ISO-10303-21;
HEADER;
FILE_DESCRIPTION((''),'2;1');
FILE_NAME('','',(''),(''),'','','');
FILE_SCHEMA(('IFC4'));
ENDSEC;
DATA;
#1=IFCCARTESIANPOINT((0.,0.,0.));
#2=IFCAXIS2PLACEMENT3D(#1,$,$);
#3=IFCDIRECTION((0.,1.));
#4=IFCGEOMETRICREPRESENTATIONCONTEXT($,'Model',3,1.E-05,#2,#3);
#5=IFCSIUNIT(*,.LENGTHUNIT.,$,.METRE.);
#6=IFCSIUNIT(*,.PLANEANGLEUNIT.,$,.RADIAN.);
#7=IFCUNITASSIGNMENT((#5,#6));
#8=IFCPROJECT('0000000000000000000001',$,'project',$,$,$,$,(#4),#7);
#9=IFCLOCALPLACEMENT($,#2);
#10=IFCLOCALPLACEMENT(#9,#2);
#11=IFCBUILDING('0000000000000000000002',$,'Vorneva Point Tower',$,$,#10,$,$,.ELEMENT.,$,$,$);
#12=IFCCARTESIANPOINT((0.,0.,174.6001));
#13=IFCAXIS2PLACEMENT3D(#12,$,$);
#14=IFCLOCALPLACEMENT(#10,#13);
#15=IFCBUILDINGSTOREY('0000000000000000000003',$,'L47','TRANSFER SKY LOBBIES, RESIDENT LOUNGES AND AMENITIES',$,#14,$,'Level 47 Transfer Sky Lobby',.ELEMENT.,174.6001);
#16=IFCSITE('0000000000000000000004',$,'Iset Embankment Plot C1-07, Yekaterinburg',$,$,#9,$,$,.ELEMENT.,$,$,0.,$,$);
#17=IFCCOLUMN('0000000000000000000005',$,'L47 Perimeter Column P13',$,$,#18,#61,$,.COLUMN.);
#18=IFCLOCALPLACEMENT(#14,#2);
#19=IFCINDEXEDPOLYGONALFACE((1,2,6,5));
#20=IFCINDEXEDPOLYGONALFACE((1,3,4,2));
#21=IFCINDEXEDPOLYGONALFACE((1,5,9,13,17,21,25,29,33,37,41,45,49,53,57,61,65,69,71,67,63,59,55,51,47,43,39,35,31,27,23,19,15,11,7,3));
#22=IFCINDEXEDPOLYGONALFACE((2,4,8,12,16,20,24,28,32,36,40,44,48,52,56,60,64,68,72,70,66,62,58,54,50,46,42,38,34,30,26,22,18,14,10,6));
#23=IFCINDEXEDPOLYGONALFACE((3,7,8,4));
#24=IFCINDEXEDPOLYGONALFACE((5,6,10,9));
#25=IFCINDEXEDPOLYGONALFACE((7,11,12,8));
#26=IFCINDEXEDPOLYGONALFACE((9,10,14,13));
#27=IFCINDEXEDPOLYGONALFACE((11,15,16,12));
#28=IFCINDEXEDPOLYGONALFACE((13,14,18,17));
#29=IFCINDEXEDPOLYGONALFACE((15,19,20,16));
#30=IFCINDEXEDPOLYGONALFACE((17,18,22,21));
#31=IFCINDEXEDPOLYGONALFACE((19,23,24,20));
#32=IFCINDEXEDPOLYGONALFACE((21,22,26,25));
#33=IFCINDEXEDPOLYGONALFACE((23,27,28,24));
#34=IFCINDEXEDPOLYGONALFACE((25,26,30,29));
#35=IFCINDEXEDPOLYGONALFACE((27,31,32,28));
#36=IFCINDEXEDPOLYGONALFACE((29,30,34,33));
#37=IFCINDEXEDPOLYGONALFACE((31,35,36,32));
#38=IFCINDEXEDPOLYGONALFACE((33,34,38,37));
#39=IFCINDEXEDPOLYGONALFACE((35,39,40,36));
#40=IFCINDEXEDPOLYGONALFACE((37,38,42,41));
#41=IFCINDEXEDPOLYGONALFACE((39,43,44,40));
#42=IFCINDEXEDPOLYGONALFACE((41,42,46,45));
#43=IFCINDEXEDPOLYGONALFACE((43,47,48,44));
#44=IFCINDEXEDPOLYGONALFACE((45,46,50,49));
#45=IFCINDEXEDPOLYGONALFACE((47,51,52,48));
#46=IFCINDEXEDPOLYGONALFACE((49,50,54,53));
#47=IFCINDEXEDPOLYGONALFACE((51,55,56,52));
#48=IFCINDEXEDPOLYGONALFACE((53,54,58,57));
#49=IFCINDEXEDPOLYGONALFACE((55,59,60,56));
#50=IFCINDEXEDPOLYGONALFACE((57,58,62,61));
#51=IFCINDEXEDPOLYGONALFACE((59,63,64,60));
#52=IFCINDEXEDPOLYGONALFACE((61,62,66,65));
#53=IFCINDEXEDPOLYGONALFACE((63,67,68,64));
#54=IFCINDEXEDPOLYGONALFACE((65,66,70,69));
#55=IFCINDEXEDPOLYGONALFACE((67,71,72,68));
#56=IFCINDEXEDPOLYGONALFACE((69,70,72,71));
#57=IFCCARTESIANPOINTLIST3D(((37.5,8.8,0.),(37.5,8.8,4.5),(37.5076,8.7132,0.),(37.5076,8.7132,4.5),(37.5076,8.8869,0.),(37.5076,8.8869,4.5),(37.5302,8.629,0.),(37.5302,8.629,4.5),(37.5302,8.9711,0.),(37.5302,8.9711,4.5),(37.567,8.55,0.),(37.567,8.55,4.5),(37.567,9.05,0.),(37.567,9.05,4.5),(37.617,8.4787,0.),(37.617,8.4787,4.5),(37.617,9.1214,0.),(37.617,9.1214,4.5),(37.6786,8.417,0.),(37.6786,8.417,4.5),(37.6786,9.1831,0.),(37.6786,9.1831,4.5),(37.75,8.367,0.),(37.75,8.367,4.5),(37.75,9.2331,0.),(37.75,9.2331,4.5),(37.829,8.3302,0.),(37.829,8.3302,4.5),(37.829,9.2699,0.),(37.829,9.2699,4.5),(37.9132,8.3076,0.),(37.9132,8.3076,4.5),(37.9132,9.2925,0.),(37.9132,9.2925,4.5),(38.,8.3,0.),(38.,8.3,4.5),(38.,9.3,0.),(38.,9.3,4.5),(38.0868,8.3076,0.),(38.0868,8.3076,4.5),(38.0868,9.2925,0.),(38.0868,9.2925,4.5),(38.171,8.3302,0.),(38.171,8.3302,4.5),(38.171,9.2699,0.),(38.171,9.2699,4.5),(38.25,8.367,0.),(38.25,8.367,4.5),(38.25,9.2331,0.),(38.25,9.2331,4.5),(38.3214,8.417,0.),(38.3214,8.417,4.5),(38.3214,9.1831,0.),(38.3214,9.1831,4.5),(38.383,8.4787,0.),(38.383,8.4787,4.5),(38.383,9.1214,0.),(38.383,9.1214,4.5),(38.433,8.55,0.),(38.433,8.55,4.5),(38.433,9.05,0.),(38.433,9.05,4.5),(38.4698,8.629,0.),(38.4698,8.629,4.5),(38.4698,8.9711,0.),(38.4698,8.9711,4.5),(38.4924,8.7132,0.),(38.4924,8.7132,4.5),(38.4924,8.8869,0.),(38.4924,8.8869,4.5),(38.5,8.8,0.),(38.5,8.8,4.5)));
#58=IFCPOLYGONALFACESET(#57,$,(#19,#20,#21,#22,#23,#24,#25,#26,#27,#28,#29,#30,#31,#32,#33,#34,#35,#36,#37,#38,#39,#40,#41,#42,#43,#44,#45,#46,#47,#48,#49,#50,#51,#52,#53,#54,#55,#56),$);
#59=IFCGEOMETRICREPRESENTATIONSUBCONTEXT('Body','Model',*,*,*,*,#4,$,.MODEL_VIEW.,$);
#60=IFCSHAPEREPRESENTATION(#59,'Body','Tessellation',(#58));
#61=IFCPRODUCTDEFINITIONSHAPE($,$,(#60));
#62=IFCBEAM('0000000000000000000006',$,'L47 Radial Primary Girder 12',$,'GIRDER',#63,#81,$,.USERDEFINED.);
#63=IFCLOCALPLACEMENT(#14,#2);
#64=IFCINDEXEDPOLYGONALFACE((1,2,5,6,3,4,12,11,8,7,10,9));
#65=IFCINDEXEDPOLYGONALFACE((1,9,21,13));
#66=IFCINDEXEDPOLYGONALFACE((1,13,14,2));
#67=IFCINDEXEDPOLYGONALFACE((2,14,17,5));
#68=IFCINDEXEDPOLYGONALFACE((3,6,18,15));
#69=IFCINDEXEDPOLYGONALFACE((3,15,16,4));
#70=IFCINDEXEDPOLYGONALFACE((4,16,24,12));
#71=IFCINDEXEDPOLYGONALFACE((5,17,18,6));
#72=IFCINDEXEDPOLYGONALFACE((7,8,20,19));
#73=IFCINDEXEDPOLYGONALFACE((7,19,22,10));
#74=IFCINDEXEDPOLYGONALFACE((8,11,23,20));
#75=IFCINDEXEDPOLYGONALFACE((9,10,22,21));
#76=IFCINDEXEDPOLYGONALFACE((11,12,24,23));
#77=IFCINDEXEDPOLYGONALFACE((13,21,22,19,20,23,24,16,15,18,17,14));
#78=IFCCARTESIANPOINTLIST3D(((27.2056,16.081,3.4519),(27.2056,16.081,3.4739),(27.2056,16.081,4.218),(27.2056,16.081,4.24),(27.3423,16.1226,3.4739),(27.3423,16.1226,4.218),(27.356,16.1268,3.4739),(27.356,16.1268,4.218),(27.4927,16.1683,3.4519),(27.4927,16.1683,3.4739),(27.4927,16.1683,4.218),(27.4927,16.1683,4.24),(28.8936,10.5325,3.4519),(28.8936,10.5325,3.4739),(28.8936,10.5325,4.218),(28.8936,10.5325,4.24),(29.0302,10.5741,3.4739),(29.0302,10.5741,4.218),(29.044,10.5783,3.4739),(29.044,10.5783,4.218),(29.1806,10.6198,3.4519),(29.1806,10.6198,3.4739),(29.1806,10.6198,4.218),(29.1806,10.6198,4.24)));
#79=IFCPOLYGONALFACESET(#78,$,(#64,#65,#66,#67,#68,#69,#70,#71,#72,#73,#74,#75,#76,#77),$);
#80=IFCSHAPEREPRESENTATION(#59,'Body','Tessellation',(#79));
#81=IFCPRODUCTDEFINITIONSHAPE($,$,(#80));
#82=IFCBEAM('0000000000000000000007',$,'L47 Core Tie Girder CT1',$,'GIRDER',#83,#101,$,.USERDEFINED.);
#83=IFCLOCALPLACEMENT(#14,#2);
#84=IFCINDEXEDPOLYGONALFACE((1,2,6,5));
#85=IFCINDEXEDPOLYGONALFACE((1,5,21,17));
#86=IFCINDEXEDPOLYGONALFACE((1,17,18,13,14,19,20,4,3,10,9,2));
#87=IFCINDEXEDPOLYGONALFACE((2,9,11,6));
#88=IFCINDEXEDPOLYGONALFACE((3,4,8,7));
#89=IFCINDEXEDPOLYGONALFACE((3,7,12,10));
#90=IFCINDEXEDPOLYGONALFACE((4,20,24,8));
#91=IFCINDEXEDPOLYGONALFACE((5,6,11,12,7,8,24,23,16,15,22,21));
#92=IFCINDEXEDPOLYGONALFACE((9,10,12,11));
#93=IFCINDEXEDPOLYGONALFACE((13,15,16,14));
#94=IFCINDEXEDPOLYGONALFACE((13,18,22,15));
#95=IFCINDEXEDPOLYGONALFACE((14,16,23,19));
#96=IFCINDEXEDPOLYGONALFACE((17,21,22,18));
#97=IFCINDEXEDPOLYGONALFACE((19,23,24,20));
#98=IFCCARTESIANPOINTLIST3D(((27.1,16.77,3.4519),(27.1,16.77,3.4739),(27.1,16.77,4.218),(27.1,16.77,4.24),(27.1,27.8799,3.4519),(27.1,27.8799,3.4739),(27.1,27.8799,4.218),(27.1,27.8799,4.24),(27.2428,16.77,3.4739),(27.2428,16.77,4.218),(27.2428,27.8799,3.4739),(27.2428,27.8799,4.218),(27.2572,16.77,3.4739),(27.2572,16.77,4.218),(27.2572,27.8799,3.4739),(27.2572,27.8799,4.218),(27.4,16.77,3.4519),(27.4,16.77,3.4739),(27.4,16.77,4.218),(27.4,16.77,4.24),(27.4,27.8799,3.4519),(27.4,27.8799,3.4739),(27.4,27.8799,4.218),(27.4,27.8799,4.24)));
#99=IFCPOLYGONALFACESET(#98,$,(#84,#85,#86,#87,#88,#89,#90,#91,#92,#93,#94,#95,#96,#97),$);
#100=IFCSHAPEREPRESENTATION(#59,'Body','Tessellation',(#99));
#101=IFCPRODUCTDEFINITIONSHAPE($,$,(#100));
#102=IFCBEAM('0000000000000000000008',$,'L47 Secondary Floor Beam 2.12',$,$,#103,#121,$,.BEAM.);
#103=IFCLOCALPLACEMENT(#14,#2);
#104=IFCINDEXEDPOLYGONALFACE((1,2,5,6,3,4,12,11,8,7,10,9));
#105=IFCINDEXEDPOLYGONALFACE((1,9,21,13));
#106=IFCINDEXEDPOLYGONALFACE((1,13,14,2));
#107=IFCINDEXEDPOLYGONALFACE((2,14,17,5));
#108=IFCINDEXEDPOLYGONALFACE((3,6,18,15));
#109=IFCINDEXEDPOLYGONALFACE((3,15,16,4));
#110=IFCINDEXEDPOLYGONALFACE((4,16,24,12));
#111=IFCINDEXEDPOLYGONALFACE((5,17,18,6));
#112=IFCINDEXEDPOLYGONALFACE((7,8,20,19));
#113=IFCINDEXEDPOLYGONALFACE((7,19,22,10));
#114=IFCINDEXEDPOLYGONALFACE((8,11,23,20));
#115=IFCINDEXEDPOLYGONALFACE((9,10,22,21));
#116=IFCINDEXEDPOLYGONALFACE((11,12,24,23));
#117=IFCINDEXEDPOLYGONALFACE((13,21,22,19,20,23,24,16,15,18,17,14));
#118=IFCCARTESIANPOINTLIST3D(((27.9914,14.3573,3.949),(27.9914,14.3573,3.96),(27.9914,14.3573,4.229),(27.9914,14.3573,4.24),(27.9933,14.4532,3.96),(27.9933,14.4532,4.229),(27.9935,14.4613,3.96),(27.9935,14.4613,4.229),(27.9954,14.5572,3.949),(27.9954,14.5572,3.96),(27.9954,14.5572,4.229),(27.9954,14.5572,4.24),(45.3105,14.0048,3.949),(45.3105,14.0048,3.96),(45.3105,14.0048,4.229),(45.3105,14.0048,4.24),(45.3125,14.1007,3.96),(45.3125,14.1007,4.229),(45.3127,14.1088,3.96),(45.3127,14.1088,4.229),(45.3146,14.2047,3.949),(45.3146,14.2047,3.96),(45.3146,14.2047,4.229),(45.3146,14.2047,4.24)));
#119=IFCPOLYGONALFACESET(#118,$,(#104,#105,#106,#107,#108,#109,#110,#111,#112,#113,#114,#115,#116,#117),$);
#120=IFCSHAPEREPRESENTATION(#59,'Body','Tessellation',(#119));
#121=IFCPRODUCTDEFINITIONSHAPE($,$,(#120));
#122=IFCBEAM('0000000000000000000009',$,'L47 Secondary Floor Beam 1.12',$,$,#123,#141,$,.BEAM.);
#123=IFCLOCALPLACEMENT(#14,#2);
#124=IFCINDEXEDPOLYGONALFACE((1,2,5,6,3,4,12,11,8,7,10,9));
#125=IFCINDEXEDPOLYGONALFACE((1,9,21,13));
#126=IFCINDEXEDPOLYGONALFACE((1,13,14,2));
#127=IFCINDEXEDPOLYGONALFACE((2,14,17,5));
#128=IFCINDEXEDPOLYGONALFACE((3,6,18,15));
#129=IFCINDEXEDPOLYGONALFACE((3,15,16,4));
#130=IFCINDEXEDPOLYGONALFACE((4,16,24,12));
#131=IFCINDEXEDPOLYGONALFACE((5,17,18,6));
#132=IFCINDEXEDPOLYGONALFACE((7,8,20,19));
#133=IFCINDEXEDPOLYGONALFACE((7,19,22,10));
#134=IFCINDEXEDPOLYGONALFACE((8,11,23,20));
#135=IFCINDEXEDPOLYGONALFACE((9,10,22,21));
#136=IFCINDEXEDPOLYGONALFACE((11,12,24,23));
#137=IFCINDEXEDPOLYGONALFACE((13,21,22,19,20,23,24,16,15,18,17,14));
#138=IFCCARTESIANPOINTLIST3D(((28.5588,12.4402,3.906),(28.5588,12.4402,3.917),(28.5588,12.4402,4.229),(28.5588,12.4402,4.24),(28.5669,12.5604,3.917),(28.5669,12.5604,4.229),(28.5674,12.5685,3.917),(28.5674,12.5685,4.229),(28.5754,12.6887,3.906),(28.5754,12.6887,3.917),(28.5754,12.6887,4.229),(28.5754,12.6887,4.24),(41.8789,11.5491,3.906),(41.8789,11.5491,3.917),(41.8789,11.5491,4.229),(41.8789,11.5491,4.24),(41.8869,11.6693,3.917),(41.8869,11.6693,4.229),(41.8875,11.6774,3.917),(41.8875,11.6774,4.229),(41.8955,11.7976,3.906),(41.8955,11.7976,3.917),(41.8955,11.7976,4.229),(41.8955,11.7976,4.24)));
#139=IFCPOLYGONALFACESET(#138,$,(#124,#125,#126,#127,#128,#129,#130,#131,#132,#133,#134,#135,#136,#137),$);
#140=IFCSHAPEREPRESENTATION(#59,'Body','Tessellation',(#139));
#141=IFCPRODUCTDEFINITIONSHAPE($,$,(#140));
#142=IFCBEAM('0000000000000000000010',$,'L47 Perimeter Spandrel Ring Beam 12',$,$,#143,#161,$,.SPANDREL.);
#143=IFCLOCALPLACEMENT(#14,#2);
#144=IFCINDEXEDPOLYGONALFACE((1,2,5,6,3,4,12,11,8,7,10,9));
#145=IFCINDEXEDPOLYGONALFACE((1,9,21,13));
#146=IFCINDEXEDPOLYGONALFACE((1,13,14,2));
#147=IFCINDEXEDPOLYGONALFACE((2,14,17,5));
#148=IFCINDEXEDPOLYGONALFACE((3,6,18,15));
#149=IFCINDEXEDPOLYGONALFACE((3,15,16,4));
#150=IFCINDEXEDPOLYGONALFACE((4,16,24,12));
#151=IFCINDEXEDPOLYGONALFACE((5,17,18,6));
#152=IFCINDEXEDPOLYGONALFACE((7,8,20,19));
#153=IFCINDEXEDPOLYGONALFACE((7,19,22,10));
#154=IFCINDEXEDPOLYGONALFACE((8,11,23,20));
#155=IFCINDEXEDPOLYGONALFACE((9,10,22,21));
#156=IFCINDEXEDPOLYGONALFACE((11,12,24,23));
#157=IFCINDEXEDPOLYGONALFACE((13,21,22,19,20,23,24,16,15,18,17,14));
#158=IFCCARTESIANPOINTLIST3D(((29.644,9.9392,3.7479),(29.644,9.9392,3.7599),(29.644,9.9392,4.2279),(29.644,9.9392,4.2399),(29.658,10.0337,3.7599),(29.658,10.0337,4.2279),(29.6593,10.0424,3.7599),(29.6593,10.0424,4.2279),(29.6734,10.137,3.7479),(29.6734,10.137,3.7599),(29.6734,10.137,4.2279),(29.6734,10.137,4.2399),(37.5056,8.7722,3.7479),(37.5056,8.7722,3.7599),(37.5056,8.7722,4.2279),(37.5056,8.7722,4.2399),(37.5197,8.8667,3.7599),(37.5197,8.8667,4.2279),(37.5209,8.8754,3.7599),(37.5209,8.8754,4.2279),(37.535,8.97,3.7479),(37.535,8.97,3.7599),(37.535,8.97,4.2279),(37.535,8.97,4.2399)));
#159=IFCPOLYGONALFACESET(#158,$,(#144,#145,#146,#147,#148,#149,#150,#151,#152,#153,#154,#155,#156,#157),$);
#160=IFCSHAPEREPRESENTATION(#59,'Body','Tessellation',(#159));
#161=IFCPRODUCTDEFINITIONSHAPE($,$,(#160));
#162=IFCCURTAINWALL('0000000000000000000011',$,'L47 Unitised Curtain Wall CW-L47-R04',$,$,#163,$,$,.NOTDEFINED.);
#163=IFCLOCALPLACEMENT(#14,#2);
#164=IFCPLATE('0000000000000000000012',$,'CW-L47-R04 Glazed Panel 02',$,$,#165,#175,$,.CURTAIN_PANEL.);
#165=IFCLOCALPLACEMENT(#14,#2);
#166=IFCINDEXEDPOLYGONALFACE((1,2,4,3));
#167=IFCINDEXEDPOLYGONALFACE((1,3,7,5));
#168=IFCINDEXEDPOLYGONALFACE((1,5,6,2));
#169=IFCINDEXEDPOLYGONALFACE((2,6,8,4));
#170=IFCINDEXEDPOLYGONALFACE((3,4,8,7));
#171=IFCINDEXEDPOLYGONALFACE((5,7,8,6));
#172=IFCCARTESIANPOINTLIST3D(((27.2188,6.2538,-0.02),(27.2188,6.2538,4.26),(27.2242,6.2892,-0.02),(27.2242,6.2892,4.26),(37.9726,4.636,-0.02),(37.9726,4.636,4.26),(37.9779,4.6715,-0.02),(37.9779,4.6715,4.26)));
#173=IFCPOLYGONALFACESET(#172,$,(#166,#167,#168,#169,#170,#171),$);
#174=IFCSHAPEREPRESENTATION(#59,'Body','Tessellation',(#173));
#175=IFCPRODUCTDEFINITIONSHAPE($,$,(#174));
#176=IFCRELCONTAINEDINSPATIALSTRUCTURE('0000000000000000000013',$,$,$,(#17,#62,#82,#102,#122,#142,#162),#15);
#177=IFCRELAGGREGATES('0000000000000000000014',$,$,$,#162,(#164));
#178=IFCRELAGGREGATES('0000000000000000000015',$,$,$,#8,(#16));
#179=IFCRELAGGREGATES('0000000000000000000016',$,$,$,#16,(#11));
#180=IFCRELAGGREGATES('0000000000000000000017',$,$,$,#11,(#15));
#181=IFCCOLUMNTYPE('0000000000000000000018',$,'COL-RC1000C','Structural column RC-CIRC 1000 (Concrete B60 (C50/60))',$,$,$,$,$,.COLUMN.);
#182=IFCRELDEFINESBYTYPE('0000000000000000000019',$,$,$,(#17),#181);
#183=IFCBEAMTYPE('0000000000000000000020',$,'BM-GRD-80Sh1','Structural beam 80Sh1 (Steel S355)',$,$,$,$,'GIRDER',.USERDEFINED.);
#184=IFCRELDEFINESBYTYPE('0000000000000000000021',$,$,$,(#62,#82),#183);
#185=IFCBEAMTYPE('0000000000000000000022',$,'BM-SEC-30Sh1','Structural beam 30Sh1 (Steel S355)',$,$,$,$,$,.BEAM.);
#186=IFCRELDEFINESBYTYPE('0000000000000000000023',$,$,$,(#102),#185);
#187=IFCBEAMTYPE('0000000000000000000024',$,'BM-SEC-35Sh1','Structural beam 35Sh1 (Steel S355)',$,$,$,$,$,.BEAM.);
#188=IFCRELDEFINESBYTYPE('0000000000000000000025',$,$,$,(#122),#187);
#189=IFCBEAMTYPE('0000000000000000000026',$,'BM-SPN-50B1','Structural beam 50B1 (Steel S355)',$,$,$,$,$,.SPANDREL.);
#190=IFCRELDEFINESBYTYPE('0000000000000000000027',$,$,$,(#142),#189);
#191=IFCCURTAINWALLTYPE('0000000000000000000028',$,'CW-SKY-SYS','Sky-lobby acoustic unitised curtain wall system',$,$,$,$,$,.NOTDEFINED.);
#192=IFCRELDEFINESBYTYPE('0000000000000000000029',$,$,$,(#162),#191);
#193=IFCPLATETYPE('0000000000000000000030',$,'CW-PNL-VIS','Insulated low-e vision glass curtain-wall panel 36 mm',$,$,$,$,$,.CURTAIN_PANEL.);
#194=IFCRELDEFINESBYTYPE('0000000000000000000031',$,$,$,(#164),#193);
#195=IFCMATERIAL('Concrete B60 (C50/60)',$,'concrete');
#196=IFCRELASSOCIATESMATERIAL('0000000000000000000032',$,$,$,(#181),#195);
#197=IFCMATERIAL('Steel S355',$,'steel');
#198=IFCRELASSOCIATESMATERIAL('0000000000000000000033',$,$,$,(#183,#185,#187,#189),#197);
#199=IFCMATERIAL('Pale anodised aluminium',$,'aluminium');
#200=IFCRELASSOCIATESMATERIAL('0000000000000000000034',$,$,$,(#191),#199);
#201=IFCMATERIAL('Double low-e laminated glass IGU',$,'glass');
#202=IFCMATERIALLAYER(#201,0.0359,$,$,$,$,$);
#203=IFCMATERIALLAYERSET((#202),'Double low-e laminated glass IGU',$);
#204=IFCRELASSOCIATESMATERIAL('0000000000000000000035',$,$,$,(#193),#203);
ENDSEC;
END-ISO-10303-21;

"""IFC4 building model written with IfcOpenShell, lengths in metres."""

from ifc_helpers import new_model, si_unit, direction, frame, origin, origin_2d, place, context, subcontext, project, spatial, rectangle, circle, i_section, extrude, material, layer, layer_set, material_profile, profile_set, type_object, element, aggregate, save


model = new_model("IFC4")

# Units and contexts
model_context = context("Model", 3, precision=1e-05, world=origin(), true_north=direction((0.0, 1.0)))
body_context = subcontext(model_context, "Body", "Model", "MODEL_VIEW")
ifc_project = project(units=[si_unit("LENGTHUNIT", "METRE"), si_unit("PLANEANGLEUNIT", "RADIAN")], contexts=[model_context])

# Site, building, storey
site_placement = place(None, origin())
site = spatial("IfcSite", under=ifc_project, at=site_placement, Name="Iset Embankment Plot C1-07, Yekaterinburg", CompositionType="ELEMENT", RefElevation=0.0)
building_placement = place(site_placement, origin())
building = spatial("IfcBuilding", under=site, at=building_placement, Name="Vorneva Point Tower", CompositionType="ELEMENT")
storey_placement = place(building_placement, frame((0.0, 0.0, 174.6001)))
storey = spatial("IfcBuildingStorey", under=building, at=storey_placement, Name="L47", Description="TRANSFER SKY LOBBIES, RESIDENT LOUNGES AND AMENITIES", LongName="Level 47 Transfer Sky Lobby", CompositionType="ELEMENT", Elevation=174.6001)

# Column
ifc_material_1 = material(Name="Concrete B60 (C50/60)", Category="concrete")
ifc_material_profile_1 = material_profile(ifc_material_1, circle(Radius=0.5, at=origin_2d()), Name="RC-CIRC 1000")
ifc_profile_set_1 = profile_set([ifc_material_profile_1], Name="Concrete B60 (C50/60)")
column_type = type_object("IfcColumnType", Name="COL-RC1000C", Description="Structural column RC-CIRC 1000 (Concrete B60 (C50/60))", PredefinedType="COLUMN", material=ifc_profile_set_1)
for number, where, z_axis, x_axis, name in (
    (1, (38.0, 8.8, 0.0), (0.0, 0.0, 1.0), (0.0, -1.0, 0.0), "L47 Perimeter Column P13"),
):
    element("IfcColumn", number, at=place(storey_placement, frame(where, z_axis=z_axis, x_axis=x_axis)), inside=storey, type_object=column_type, Name=name, PredefinedType="COLUMN", context=body_context, shape_type="SweptSolid", body=[
        extrude(circle(Radius=0.5, at=origin_2d()), origin(), (0.0, 0.0, 1.0), 4.5),
    ])

# Beams
ifc_material_2 = material(Name="Steel S355", Category="steel")
ifc_material_profile_2 = material_profile(ifc_material_2, i_section(OverallWidth=0.3, OverallDepth=0.7881, WebThickness=0.0144, FlangeThickness=0.022, at=origin_2d()), Name="80Sh1")
ifc_profile_set_2 = profile_set([ifc_material_profile_2], Name="Steel S355")
beam_type_1 = type_object("IfcBeamType", Name="BM-GRD-80Sh1", Description="Structural beam 80Sh1 (Steel S355)", ElementType="GIRDER", PredefinedType="USERDEFINED", material=ifc_profile_set_2)
beam_1_placement = place(storey_placement, frame((29.0371, 10.5762, 3.8459), z_axis=(-0.291049, 0.956708, 0.0), x_axis=(-0.956708, -0.291049, 0.0)))
element("IfcBeam", 2, at=beam_1_placement, inside=storey, type_object=beam_type_1, Name="L47 Radial Primary Girder 12", ObjectType="GIRDER", PredefinedType="USERDEFINED", context=body_context, shape_type="SweptSolid", body=[
    extrude(i_section(OverallWidth=0.3, OverallDepth=0.7881, WebThickness=0.0144, FlangeThickness=0.022, at=origin_2d()), origin(), (0.0, 0.0, 1.0), 5.7996),
])
beam_2_placement = place(storey_placement, frame((27.25, 16.77, 3.8459), z_axis=(0.0, 1.0, 0.0), x_axis=(-1.0, 0.0, 0.0)))
element("IfcBeam", 3, at=beam_2_placement, inside=storey, type_object=beam_type_1, Name="L47 Core Tie Girder CT1", ObjectType="GIRDER", PredefinedType="USERDEFINED", context=body_context, shape_type="SweptSolid", body=[
    extrude(i_section(OverallWidth=0.3, OverallDepth=0.7881, WebThickness=0.0144, FlangeThickness=0.022, at=origin_2d()), origin(), (0.0, 0.0, 1.0), 11.1099),
])
ifc_material_profile_3 = material_profile(ifc_material_2, i_section(OverallWidth=0.2, OverallDepth=0.291, WebThickness=0.0081, FlangeThickness=0.011, at=origin_2d()), Name="30Sh1")
ifc_profile_set_3 = profile_set([ifc_material_profile_3], Name="Steel S355")
beam_type_2 = type_object("IfcBeamType", Name="BM-SEC-30Sh1", Description="Structural beam 30Sh1 (Steel S355)", PredefinedType="BEAM", material=ifc_profile_set_3)
beam_3_placement = place(storey_placement, frame((27.9934, 14.4573, 4.0945), z_axis=(0.999793, -0.020351, 0.0), x_axis=(0.020351, 0.999793, 0.0)))
element("IfcBeam", 4, at=beam_3_placement, inside=storey, type_object=beam_type_2, Name="L47 Secondary Floor Beam 2.12", PredefinedType="BEAM", context=body_context, shape_type="SweptSolid", body=[
    extrude(i_section(OverallWidth=0.2, OverallDepth=0.291, WebThickness=0.0081, FlangeThickness=0.011, at=origin_2d()), origin(), (0.0, 0.0, 1.0), 17.3228),
])
ifc_material_profile_4 = material_profile(ifc_material_2, i_section(OverallWidth=0.249, OverallDepth=0.334, WebThickness=0.0081, FlangeThickness=0.011, at=origin_2d()), Name="35Sh1")
ifc_profile_set_4 = profile_set([ifc_material_profile_4], Name="Steel S355")
beam_type_3 = type_object("IfcBeamType", Name="BM-SEC-35Sh1", Description="Structural beam 35Sh1 (Steel S355)", PredefinedType="BEAM", material=ifc_profile_set_4)
beam_4_placement = place(storey_placement, frame((28.5671, 12.5645, 4.073), z_axis=(0.99777, -0.066751, 0.0), x_axis=(0.066751, 0.99777, 0.0)))
element("IfcBeam", 5, at=beam_4_placement, inside=storey, type_object=beam_type_3, Name="L47 Secondary Floor Beam 1.12", PredefinedType="BEAM", context=body_context, shape_type="SweptSolid", body=[
    extrude(i_section(OverallWidth=0.249, OverallDepth=0.334, WebThickness=0.0081, FlangeThickness=0.011, at=origin_2d()), origin(), (0.0, 0.0, 1.0), 13.3499),
])
ifc_material_profile_5 = material_profile(ifc_material_2, i_section(OverallWidth=0.2, OverallDepth=0.4919, WebThickness=0.0088, FlangeThickness=0.012, at=origin_2d()), Name="50B1")
ifc_profile_set_5 = profile_set([ifc_material_profile_5], Name="Steel S355")
beam_type_4 = type_object("IfcBeamType", Name="BM-SPN-50B1", Description="Structural beam 50B1 (Steel S355)", PredefinedType="SPANDREL", material=ifc_profile_set_5)
beam_5_placement = place(storey_placement, frame((29.6587, 10.0381, 3.9939), z_axis=(0.989161, -0.146834, 0.0), x_axis=(0.146834, 0.989161, 0.0)))
element("IfcBeam", 6, at=beam_5_placement, inside=storey, type_object=beam_type_4, Name="L47 Perimeter Spandrel Ring Beam 12", PredefinedType="SPANDREL", context=body_context, shape_type="SweptSolid", body=[
    extrude(i_section(OverallWidth=0.2, OverallDepth=0.4919, WebThickness=0.0088, FlangeThickness=0.012, at=origin_2d()), origin(), (0.0, 0.0, 1.0), 7.9478),
])

# Curtain wall, plate
ifc_material_3 = material(Name="Pale anodised aluminium", Category="aluminium")
curtain_wall_type = type_object("IfcCurtainWallType", Name="CW-SKY-SYS", Description="Sky-lobby acoustic unitised curtain wall system", PredefinedType="NOTDEFINED", material=ifc_material_3)
curtain_wall_placement = place(storey_placement, origin())
curtain_wall = element("IfcCurtainWall", 7, at=curtain_wall_placement, inside=storey, type_object=curtain_wall_type, Name="L47 Unitised Curtain Wall CW-L47-R04", PredefinedType="NOTDEFINED")
ifc_material_4 = material(Name="Double low-e laminated glass IGU", Category="glass")
ifc_layer_1 = layer(ifc_material_4, 0.0359)
ifc_layer_set_1 = layer_set([ifc_layer_1], Name="Double low-e laminated glass IGU")
plate_type = type_object("IfcPlateType", Name="CW-PNL-VIS", Description="Insulated low-e vision glass curtain-wall panel 36 mm", PredefinedType="CURTAIN_PANEL", material=ifc_layer_set_1)
plate_placement = place(storey_placement, frame((32.5984, 5.4626, -0.02), z_axis=(0.0, 0.0, 1.0), x_axis=(0.988874, -0.148759, 0.0)))
plate = element("IfcPlate", 8, at=plate_placement, type_object=plate_type, Name="CW-L47-R04 Glazed Panel 02", PredefinedType="CURTAIN_PANEL", context=body_context, shape_type="SweptSolid", body=[
    extrude(rectangle(XDim=10.8748, YDim=0.0359, at=origin_2d()), origin(), (0.0, 0.0, 1.0), 4.28),
])
aggregate(curtain_wall, [plate])

save(model, "model.ifc")
